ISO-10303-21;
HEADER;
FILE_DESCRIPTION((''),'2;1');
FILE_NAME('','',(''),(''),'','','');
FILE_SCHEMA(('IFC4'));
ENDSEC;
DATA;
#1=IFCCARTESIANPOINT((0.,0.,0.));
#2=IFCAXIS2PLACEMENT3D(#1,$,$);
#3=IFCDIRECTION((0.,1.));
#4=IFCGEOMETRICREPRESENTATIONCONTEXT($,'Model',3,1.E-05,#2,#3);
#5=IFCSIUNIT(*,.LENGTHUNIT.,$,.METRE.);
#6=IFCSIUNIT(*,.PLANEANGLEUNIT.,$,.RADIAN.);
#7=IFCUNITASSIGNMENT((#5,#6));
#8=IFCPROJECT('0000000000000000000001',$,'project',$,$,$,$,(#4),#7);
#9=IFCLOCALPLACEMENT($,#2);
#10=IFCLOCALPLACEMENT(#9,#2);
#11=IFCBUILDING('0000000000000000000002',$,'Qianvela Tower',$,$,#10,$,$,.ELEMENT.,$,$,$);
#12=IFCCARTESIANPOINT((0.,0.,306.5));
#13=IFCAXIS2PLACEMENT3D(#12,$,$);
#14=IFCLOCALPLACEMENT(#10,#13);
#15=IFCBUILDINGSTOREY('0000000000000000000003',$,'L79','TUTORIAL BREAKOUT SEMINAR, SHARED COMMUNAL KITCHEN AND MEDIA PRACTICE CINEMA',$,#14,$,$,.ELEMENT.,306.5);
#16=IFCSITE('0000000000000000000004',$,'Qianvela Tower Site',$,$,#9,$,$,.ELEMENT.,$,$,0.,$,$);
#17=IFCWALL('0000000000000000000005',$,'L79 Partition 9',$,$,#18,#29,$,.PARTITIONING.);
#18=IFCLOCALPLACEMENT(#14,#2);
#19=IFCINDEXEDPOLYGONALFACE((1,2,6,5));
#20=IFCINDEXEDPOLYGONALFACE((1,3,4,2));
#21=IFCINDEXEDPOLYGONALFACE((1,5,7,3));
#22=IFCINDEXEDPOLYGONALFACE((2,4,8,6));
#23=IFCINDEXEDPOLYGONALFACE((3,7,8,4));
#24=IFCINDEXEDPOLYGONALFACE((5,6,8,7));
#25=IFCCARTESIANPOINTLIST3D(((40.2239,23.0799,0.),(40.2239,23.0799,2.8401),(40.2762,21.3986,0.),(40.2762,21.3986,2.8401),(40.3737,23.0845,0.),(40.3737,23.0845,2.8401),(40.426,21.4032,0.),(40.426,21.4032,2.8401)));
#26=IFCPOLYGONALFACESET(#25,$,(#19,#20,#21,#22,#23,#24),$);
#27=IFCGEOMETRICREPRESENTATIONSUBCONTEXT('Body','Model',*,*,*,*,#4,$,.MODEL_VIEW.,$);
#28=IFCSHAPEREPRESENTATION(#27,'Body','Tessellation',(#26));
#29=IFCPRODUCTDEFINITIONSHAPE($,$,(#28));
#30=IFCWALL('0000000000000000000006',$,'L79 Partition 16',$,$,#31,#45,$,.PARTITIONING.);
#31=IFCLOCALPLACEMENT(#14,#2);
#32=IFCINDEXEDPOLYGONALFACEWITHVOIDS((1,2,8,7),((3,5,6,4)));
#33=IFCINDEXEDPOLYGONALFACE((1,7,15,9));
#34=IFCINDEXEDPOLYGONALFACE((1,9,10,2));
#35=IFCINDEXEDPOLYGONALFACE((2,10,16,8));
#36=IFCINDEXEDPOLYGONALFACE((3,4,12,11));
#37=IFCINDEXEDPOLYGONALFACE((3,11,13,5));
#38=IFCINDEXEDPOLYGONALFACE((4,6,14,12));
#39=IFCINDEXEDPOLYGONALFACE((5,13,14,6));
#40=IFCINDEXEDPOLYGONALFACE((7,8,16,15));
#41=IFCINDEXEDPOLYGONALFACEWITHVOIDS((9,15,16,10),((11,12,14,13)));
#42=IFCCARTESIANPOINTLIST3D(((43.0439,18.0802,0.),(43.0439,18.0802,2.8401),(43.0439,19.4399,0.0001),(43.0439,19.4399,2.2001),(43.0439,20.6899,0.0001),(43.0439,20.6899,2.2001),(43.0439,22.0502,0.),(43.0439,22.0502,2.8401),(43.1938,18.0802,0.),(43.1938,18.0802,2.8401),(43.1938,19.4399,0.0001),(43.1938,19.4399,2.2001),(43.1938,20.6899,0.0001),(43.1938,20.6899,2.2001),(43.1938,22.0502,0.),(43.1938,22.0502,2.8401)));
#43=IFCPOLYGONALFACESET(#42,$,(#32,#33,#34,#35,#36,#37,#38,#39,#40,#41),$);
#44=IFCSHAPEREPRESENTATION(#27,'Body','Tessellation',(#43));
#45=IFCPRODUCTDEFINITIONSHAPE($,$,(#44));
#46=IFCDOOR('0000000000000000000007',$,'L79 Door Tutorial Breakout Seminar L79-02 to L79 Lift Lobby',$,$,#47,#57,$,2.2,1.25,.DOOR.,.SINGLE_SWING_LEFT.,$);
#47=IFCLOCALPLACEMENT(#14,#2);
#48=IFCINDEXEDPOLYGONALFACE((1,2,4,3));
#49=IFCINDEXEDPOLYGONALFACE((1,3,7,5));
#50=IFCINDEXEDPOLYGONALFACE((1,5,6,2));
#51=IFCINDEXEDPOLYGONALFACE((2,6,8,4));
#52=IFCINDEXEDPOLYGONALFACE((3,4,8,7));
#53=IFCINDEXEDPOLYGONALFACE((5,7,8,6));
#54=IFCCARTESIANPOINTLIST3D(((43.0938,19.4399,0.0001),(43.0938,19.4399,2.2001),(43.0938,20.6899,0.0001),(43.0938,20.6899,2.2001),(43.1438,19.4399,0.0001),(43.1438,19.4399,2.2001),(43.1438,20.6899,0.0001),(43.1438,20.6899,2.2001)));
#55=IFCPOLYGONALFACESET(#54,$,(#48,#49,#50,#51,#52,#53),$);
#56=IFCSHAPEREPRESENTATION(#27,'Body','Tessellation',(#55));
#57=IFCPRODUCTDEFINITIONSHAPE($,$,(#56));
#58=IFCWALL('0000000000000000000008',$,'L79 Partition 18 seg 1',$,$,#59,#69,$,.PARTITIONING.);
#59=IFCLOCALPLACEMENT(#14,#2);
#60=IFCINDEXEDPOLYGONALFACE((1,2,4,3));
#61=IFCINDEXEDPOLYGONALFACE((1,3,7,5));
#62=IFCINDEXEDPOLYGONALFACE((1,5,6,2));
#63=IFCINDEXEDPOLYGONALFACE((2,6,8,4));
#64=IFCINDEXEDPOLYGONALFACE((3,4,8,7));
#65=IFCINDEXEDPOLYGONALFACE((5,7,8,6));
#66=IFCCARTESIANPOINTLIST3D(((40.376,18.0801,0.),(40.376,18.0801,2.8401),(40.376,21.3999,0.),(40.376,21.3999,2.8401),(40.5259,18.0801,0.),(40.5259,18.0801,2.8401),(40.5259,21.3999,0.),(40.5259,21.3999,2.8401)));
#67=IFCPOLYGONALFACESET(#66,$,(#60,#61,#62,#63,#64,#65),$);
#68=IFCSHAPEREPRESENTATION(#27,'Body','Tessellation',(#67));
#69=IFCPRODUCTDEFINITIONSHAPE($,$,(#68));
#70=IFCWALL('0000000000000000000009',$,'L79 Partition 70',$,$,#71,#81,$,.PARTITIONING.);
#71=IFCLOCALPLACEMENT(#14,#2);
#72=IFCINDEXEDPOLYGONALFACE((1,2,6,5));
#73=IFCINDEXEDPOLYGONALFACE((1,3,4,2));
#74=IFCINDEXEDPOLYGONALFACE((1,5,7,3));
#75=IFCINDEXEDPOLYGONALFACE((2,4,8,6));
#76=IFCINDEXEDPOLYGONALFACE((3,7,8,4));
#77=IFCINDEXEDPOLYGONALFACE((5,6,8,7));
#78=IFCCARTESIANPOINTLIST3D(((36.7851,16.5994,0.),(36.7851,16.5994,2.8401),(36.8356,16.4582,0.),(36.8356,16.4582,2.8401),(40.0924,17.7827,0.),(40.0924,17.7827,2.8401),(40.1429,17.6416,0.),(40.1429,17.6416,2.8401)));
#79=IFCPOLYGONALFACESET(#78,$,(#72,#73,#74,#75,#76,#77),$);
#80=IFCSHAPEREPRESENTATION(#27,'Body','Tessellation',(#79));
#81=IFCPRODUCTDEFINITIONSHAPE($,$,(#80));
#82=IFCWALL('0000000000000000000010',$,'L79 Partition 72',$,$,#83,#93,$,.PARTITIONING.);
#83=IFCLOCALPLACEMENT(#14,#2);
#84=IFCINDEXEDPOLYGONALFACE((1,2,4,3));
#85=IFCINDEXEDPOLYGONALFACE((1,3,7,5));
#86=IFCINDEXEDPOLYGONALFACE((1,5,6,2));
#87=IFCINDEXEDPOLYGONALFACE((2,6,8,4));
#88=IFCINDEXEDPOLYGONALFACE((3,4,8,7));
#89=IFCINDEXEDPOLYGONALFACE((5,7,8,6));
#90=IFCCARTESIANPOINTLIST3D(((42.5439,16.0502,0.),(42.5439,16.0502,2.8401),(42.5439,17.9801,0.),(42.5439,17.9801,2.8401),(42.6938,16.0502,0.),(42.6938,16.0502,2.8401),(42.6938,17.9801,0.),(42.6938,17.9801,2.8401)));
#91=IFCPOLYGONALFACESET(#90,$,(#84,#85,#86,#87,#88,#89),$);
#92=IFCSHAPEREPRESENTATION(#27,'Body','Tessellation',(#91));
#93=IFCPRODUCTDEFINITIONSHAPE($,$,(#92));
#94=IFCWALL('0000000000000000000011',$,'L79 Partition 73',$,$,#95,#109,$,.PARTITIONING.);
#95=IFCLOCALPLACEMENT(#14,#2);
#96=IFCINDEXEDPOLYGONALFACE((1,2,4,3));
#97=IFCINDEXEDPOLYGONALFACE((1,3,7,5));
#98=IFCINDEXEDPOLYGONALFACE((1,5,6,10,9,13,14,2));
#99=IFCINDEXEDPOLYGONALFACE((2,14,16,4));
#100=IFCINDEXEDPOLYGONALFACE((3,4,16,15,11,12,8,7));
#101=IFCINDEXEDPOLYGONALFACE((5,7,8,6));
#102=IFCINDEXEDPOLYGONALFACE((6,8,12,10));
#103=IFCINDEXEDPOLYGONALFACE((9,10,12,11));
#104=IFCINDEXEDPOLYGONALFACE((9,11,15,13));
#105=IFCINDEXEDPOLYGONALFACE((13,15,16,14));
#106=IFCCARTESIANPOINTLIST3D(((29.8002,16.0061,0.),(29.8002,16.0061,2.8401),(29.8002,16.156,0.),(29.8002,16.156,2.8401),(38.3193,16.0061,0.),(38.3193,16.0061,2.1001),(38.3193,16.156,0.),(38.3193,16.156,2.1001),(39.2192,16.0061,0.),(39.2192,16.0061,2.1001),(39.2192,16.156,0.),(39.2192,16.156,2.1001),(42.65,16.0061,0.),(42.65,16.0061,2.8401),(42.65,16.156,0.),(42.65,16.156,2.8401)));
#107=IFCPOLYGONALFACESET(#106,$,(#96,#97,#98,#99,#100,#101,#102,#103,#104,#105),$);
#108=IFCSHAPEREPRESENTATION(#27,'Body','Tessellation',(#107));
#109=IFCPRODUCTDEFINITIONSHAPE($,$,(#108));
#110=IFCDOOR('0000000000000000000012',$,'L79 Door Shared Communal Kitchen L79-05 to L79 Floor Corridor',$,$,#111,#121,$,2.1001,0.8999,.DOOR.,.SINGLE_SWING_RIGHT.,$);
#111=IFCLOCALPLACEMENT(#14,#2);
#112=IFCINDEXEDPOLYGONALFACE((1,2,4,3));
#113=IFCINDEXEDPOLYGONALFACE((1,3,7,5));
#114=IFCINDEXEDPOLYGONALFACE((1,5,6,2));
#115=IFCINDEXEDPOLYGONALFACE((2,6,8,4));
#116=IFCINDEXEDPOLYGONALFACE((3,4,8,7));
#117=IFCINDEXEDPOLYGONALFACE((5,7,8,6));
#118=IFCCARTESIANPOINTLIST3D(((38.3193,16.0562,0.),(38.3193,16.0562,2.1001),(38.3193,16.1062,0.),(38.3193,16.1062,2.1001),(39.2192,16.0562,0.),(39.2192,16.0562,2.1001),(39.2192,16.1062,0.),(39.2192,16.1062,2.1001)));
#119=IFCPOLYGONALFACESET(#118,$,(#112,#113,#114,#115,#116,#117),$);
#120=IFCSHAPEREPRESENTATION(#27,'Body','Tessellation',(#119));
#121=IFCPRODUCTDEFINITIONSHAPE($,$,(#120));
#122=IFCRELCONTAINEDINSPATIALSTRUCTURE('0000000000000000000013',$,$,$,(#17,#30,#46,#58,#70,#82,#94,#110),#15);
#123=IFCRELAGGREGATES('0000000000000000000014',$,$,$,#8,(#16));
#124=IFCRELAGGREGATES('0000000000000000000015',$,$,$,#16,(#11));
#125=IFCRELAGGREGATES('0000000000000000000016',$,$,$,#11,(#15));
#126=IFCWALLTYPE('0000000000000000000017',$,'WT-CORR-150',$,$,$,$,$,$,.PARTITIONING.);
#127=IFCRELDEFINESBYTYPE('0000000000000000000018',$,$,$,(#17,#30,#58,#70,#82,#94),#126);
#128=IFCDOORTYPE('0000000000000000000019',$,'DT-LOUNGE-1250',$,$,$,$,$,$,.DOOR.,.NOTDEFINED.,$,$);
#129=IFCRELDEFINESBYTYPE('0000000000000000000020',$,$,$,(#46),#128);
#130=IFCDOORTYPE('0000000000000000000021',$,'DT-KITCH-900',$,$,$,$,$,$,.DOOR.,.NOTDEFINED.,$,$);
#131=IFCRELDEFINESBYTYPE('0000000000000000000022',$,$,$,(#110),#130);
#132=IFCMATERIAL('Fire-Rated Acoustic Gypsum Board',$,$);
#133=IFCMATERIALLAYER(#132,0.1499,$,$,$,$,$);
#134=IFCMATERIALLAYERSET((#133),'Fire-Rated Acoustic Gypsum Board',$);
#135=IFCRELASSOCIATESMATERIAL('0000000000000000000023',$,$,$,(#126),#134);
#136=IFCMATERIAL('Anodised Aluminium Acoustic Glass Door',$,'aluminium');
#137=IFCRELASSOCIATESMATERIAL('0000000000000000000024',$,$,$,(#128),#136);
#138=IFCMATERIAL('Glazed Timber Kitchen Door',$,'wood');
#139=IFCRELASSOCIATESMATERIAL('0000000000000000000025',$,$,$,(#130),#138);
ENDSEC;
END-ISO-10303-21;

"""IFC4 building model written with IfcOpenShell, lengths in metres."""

from ifc_helpers import new_model, si_unit, direction, frame, frame_2d, origin, place, context, subcontext, project, spatial, rectangle, extrude, material, layer, layer_set, type_object, element, fill, save


model = new_model("IFC4")

# Units and contexts
model_context = context("Model", 3, precision=1e-05, world=origin(), true_north=direction((0.0, 1.0)))
body_context = subcontext(model_context, "Body", "Model", "MODEL_VIEW")
ifc_project = project(units=[si_unit("LENGTHUNIT", "METRE"), si_unit("PLANEANGLEUNIT", "RADIAN")], contexts=[model_context])

# Site, building, storey
site_placement = place(None, origin())
site = spatial("IfcSite", under=ifc_project, at=site_placement, Name="Qianvela Tower Site", CompositionType="ELEMENT", RefElevation=0.0)
building_placement = place(site_placement, origin())
building = spatial("IfcBuilding", under=site, at=building_placement, Name="Qianvela Tower", CompositionType="ELEMENT")
storey_placement = place(building_placement, frame((0.0, 0.0, 306.5)))
storey = spatial("IfcBuildingStorey", under=building, at=storey_placement, Name="L79", Description="TUTORIAL BREAKOUT SEMINAR, SHARED COMMUNAL KITCHEN AND MEDIA PRACTICE CINEMA", CompositionType="ELEMENT", Elevation=306.5)

# Wall
ifc_material_1 = material(Name="Fire-Rated Acoustic Gypsum Board")
ifc_layer_1 = layer(ifc_material_1, 0.1499)
ifc_layer_set_1 = layer_set([ifc_layer_1], Name="Fire-Rated Acoustic Gypsum Board")
wall_type = type_object("IfcWallType", Name="WT-CORR-150", PredefinedType="PARTITIONING", material=ifc_layer_set_1)
wall_1_placement = place(storey_placement, frame((40.3511, 21.4009, 0.0), z_axis=(0.0, 0.0, 1.0), x_axis=(-0.031058, 0.999518, 0.0)))
element("IfcWall", 1, at=wall_1_placement, inside=storey, type_object=wall_type, Name="L79 Partition 9", PredefinedType="PARTITIONING", context=body_context, shape_type="SweptSolid", body=[
    extrude(rectangle(XDim=1.6821, YDim=0.1499, at=frame_2d((0.8411, 0.0))), origin(), (0.0, 0.0, 1.0), 2.8401),
])

# Wall, opening, door
wall_2_placement = place(storey_placement, frame((43.1189, 22.05, 0.0), z_axis=(0.0, 0.0, 1.0), x_axis=(0.0, -1.0, 0.0)))
wall_2 = element("IfcWall", 2, at=wall_2_placement, inside=storey, type_object=wall_type, Name="L79 Partition 16", PredefinedType="PARTITIONING", context=body_context, shape_type="SweptSolid", body=[
    extrude(rectangle(XDim=3.97, YDim=0.1499, at=frame_2d((1.9849, 0.0))), origin(), (0.0, 0.0, 1.0), 2.8401),
])
opening_1_placement = place(wall_2_placement, frame((1.3601, 0.0, 0.0)))
opening_1 = element("IfcOpeningElement", 3, at=opening_1_placement, cuts=wall_2, PredefinedType="OPENING", context=body_context, shape_type="SweptSolid", body=[
    extrude(rectangle(XDim=1.25, YDim=2.2, at=frame_2d((0.625, 1.1001))), frame((0.0, 0.085, 0.0), z_axis=(0.0, -1.0, 0.0), x_axis=(1.0, 0.0, 0.0)), (0.0, 0.0, 1.0), 0.1699),
])
ifc_material_2 = material(Name="Anodised Aluminium Acoustic Glass Door", Category="aluminium")
door_type_1 = type_object("IfcDoorType", Name="DT-LOUNGE-1250", OperationType="NOTDEFINED", PredefinedType="DOOR", material=ifc_material_2)
door_1_placement = place(opening_1_placement, origin())
door_1 = element("IfcDoor", 4, at=door_1_placement, inside=storey, type_object=door_type_1, Name="L79 Door Tutorial Breakout Seminar L79-02 to L79 Lift Lobby", OperationType="SINGLE_SWING_LEFT", OverallHeight=2.2, OverallWidth=1.25, PredefinedType="DOOR", context=body_context, shape_type="SweptSolid", body=[
    extrude(rectangle(XDim=1.25, YDim=2.2, at=frame_2d((0.625, 1.1001))), frame((0.0, 0.0249, 0.0), z_axis=(0.0, -1.0, 0.0), x_axis=(1.0, 0.0, 0.0)), (0.0, 0.0, 1.0), 0.05),
])
fill(opening_1, door_1)

# Walls
wall_3_placement = place(storey_placement, frame((40.4509, 18.0801, 0.0), z_axis=(0.0, 0.0, 1.0), x_axis=(0.0, 1.0, 0.0)))
element("IfcWall", 5, at=wall_3_placement, inside=storey, type_object=wall_type, Name="L79 Partition 18 seg 1", PredefinedType="PARTITIONING", context=body_context, shape_type="SweptSolid", body=[
    extrude(rectangle(XDim=3.3198, YDim=0.1499, at=frame_2d((1.6599, 0.0))), origin(), (0.0, 0.0, 1.0), 2.8401),
])
wall_4_placement = place(storey_placement, frame((36.8103, 16.5288, 0.0), z_axis=(0.0, 0.0, 1.0), x_axis=(0.941548, 0.336878, 0.0)))
element("IfcWall", 6, at=wall_4_placement, inside=storey, type_object=wall_type, Name="L79 Partition 70", PredefinedType="PARTITIONING", context=body_context, shape_type="SweptSolid", body=[
    extrude(rectangle(XDim=3.5127, YDim=0.1499, at=frame_2d((1.7563, 0.0))), origin(), (0.0, 0.0, 1.0), 2.8401),
])
wall_5_placement = place(storey_placement, frame((42.6189, 17.98, 0.0), z_axis=(0.0, 0.0, 1.0), x_axis=(0.0, -1.0, 0.0)))
element("IfcWall", 7, at=wall_5_placement, inside=storey, type_object=wall_type, Name="L79 Partition 72", PredefinedType="PARTITIONING", context=body_context, shape_type="SweptSolid", body=[
    extrude(rectangle(XDim=1.9299, YDim=0.1499, at=frame_2d((0.9648, 0.0))), origin(), (0.0, 0.0, 1.0), 2.8401),
])

# Wall, opening, door
wall_6_placement = place(storey_placement, frame((42.6499, 16.0811, 0.0), z_axis=(0.0, 0.0, 1.0), x_axis=(-1.0, 0.0, 0.0)))
wall_6 = element("IfcWall", 8, at=wall_6_placement, inside=storey, type_object=wall_type, Name="L79 Partition 73", PredefinedType="PARTITIONING", context=body_context, shape_type="SweptSolid", body=[
    extrude(rectangle(XDim=12.8499, YDim=0.1499, at=frame_2d((6.4248, 0.0))), origin(), (0.0, 0.0, 1.0), 2.8401),
])
opening_2_placement = place(wall_6_placement, frame((3.4307, 0.0, 0.0)))
opening_2 = element("IfcOpeningElement", 9, at=opening_2_placement, cuts=wall_6, PredefinedType="OPENING", context=body_context, shape_type="SweptSolid", body=[
    extrude(rectangle(XDim=0.8999, YDim=2.1001, at=frame_2d((0.45, 1.05))), frame((0.0, 0.085, 0.0), z_axis=(0.0, -1.0, 0.0), x_axis=(1.0, 0.0, 0.0)), (0.0, 0.0, 1.0), 0.1699),
])
ifc_material_3 = material(Name="Glazed Timber Kitchen Door", Category="wood")
door_type_2 = type_object("IfcDoorType", Name="DT-KITCH-900", OperationType="NOTDEFINED", PredefinedType="DOOR", material=ifc_material_3)
door_2_placement = place(opening_2_placement, origin())
door_2 = element("IfcDoor", 10, at=door_2_placement, inside=storey, type_object=door_type_2, Name="L79 Door Shared Communal Kitchen L79-05 to L79 Floor Corridor", OperationType="SINGLE_SWING_RIGHT", OverallHeight=2.1001, OverallWidth=0.8999, PredefinedType="DOOR", context=body_context, shape_type="SweptSolid", body=[
    extrude(rectangle(XDim=0.8999, YDim=2.1001, at=frame_2d((0.45, 1.05))), frame((0.0, 0.0249, 0.0), z_axis=(0.0, -1.0, 0.0), x_axis=(1.0, 0.0, 0.0)), (0.0, 0.0, 1.0), 0.05),
])
fill(opening_2, door_2)

save(model, "model.ifc")
